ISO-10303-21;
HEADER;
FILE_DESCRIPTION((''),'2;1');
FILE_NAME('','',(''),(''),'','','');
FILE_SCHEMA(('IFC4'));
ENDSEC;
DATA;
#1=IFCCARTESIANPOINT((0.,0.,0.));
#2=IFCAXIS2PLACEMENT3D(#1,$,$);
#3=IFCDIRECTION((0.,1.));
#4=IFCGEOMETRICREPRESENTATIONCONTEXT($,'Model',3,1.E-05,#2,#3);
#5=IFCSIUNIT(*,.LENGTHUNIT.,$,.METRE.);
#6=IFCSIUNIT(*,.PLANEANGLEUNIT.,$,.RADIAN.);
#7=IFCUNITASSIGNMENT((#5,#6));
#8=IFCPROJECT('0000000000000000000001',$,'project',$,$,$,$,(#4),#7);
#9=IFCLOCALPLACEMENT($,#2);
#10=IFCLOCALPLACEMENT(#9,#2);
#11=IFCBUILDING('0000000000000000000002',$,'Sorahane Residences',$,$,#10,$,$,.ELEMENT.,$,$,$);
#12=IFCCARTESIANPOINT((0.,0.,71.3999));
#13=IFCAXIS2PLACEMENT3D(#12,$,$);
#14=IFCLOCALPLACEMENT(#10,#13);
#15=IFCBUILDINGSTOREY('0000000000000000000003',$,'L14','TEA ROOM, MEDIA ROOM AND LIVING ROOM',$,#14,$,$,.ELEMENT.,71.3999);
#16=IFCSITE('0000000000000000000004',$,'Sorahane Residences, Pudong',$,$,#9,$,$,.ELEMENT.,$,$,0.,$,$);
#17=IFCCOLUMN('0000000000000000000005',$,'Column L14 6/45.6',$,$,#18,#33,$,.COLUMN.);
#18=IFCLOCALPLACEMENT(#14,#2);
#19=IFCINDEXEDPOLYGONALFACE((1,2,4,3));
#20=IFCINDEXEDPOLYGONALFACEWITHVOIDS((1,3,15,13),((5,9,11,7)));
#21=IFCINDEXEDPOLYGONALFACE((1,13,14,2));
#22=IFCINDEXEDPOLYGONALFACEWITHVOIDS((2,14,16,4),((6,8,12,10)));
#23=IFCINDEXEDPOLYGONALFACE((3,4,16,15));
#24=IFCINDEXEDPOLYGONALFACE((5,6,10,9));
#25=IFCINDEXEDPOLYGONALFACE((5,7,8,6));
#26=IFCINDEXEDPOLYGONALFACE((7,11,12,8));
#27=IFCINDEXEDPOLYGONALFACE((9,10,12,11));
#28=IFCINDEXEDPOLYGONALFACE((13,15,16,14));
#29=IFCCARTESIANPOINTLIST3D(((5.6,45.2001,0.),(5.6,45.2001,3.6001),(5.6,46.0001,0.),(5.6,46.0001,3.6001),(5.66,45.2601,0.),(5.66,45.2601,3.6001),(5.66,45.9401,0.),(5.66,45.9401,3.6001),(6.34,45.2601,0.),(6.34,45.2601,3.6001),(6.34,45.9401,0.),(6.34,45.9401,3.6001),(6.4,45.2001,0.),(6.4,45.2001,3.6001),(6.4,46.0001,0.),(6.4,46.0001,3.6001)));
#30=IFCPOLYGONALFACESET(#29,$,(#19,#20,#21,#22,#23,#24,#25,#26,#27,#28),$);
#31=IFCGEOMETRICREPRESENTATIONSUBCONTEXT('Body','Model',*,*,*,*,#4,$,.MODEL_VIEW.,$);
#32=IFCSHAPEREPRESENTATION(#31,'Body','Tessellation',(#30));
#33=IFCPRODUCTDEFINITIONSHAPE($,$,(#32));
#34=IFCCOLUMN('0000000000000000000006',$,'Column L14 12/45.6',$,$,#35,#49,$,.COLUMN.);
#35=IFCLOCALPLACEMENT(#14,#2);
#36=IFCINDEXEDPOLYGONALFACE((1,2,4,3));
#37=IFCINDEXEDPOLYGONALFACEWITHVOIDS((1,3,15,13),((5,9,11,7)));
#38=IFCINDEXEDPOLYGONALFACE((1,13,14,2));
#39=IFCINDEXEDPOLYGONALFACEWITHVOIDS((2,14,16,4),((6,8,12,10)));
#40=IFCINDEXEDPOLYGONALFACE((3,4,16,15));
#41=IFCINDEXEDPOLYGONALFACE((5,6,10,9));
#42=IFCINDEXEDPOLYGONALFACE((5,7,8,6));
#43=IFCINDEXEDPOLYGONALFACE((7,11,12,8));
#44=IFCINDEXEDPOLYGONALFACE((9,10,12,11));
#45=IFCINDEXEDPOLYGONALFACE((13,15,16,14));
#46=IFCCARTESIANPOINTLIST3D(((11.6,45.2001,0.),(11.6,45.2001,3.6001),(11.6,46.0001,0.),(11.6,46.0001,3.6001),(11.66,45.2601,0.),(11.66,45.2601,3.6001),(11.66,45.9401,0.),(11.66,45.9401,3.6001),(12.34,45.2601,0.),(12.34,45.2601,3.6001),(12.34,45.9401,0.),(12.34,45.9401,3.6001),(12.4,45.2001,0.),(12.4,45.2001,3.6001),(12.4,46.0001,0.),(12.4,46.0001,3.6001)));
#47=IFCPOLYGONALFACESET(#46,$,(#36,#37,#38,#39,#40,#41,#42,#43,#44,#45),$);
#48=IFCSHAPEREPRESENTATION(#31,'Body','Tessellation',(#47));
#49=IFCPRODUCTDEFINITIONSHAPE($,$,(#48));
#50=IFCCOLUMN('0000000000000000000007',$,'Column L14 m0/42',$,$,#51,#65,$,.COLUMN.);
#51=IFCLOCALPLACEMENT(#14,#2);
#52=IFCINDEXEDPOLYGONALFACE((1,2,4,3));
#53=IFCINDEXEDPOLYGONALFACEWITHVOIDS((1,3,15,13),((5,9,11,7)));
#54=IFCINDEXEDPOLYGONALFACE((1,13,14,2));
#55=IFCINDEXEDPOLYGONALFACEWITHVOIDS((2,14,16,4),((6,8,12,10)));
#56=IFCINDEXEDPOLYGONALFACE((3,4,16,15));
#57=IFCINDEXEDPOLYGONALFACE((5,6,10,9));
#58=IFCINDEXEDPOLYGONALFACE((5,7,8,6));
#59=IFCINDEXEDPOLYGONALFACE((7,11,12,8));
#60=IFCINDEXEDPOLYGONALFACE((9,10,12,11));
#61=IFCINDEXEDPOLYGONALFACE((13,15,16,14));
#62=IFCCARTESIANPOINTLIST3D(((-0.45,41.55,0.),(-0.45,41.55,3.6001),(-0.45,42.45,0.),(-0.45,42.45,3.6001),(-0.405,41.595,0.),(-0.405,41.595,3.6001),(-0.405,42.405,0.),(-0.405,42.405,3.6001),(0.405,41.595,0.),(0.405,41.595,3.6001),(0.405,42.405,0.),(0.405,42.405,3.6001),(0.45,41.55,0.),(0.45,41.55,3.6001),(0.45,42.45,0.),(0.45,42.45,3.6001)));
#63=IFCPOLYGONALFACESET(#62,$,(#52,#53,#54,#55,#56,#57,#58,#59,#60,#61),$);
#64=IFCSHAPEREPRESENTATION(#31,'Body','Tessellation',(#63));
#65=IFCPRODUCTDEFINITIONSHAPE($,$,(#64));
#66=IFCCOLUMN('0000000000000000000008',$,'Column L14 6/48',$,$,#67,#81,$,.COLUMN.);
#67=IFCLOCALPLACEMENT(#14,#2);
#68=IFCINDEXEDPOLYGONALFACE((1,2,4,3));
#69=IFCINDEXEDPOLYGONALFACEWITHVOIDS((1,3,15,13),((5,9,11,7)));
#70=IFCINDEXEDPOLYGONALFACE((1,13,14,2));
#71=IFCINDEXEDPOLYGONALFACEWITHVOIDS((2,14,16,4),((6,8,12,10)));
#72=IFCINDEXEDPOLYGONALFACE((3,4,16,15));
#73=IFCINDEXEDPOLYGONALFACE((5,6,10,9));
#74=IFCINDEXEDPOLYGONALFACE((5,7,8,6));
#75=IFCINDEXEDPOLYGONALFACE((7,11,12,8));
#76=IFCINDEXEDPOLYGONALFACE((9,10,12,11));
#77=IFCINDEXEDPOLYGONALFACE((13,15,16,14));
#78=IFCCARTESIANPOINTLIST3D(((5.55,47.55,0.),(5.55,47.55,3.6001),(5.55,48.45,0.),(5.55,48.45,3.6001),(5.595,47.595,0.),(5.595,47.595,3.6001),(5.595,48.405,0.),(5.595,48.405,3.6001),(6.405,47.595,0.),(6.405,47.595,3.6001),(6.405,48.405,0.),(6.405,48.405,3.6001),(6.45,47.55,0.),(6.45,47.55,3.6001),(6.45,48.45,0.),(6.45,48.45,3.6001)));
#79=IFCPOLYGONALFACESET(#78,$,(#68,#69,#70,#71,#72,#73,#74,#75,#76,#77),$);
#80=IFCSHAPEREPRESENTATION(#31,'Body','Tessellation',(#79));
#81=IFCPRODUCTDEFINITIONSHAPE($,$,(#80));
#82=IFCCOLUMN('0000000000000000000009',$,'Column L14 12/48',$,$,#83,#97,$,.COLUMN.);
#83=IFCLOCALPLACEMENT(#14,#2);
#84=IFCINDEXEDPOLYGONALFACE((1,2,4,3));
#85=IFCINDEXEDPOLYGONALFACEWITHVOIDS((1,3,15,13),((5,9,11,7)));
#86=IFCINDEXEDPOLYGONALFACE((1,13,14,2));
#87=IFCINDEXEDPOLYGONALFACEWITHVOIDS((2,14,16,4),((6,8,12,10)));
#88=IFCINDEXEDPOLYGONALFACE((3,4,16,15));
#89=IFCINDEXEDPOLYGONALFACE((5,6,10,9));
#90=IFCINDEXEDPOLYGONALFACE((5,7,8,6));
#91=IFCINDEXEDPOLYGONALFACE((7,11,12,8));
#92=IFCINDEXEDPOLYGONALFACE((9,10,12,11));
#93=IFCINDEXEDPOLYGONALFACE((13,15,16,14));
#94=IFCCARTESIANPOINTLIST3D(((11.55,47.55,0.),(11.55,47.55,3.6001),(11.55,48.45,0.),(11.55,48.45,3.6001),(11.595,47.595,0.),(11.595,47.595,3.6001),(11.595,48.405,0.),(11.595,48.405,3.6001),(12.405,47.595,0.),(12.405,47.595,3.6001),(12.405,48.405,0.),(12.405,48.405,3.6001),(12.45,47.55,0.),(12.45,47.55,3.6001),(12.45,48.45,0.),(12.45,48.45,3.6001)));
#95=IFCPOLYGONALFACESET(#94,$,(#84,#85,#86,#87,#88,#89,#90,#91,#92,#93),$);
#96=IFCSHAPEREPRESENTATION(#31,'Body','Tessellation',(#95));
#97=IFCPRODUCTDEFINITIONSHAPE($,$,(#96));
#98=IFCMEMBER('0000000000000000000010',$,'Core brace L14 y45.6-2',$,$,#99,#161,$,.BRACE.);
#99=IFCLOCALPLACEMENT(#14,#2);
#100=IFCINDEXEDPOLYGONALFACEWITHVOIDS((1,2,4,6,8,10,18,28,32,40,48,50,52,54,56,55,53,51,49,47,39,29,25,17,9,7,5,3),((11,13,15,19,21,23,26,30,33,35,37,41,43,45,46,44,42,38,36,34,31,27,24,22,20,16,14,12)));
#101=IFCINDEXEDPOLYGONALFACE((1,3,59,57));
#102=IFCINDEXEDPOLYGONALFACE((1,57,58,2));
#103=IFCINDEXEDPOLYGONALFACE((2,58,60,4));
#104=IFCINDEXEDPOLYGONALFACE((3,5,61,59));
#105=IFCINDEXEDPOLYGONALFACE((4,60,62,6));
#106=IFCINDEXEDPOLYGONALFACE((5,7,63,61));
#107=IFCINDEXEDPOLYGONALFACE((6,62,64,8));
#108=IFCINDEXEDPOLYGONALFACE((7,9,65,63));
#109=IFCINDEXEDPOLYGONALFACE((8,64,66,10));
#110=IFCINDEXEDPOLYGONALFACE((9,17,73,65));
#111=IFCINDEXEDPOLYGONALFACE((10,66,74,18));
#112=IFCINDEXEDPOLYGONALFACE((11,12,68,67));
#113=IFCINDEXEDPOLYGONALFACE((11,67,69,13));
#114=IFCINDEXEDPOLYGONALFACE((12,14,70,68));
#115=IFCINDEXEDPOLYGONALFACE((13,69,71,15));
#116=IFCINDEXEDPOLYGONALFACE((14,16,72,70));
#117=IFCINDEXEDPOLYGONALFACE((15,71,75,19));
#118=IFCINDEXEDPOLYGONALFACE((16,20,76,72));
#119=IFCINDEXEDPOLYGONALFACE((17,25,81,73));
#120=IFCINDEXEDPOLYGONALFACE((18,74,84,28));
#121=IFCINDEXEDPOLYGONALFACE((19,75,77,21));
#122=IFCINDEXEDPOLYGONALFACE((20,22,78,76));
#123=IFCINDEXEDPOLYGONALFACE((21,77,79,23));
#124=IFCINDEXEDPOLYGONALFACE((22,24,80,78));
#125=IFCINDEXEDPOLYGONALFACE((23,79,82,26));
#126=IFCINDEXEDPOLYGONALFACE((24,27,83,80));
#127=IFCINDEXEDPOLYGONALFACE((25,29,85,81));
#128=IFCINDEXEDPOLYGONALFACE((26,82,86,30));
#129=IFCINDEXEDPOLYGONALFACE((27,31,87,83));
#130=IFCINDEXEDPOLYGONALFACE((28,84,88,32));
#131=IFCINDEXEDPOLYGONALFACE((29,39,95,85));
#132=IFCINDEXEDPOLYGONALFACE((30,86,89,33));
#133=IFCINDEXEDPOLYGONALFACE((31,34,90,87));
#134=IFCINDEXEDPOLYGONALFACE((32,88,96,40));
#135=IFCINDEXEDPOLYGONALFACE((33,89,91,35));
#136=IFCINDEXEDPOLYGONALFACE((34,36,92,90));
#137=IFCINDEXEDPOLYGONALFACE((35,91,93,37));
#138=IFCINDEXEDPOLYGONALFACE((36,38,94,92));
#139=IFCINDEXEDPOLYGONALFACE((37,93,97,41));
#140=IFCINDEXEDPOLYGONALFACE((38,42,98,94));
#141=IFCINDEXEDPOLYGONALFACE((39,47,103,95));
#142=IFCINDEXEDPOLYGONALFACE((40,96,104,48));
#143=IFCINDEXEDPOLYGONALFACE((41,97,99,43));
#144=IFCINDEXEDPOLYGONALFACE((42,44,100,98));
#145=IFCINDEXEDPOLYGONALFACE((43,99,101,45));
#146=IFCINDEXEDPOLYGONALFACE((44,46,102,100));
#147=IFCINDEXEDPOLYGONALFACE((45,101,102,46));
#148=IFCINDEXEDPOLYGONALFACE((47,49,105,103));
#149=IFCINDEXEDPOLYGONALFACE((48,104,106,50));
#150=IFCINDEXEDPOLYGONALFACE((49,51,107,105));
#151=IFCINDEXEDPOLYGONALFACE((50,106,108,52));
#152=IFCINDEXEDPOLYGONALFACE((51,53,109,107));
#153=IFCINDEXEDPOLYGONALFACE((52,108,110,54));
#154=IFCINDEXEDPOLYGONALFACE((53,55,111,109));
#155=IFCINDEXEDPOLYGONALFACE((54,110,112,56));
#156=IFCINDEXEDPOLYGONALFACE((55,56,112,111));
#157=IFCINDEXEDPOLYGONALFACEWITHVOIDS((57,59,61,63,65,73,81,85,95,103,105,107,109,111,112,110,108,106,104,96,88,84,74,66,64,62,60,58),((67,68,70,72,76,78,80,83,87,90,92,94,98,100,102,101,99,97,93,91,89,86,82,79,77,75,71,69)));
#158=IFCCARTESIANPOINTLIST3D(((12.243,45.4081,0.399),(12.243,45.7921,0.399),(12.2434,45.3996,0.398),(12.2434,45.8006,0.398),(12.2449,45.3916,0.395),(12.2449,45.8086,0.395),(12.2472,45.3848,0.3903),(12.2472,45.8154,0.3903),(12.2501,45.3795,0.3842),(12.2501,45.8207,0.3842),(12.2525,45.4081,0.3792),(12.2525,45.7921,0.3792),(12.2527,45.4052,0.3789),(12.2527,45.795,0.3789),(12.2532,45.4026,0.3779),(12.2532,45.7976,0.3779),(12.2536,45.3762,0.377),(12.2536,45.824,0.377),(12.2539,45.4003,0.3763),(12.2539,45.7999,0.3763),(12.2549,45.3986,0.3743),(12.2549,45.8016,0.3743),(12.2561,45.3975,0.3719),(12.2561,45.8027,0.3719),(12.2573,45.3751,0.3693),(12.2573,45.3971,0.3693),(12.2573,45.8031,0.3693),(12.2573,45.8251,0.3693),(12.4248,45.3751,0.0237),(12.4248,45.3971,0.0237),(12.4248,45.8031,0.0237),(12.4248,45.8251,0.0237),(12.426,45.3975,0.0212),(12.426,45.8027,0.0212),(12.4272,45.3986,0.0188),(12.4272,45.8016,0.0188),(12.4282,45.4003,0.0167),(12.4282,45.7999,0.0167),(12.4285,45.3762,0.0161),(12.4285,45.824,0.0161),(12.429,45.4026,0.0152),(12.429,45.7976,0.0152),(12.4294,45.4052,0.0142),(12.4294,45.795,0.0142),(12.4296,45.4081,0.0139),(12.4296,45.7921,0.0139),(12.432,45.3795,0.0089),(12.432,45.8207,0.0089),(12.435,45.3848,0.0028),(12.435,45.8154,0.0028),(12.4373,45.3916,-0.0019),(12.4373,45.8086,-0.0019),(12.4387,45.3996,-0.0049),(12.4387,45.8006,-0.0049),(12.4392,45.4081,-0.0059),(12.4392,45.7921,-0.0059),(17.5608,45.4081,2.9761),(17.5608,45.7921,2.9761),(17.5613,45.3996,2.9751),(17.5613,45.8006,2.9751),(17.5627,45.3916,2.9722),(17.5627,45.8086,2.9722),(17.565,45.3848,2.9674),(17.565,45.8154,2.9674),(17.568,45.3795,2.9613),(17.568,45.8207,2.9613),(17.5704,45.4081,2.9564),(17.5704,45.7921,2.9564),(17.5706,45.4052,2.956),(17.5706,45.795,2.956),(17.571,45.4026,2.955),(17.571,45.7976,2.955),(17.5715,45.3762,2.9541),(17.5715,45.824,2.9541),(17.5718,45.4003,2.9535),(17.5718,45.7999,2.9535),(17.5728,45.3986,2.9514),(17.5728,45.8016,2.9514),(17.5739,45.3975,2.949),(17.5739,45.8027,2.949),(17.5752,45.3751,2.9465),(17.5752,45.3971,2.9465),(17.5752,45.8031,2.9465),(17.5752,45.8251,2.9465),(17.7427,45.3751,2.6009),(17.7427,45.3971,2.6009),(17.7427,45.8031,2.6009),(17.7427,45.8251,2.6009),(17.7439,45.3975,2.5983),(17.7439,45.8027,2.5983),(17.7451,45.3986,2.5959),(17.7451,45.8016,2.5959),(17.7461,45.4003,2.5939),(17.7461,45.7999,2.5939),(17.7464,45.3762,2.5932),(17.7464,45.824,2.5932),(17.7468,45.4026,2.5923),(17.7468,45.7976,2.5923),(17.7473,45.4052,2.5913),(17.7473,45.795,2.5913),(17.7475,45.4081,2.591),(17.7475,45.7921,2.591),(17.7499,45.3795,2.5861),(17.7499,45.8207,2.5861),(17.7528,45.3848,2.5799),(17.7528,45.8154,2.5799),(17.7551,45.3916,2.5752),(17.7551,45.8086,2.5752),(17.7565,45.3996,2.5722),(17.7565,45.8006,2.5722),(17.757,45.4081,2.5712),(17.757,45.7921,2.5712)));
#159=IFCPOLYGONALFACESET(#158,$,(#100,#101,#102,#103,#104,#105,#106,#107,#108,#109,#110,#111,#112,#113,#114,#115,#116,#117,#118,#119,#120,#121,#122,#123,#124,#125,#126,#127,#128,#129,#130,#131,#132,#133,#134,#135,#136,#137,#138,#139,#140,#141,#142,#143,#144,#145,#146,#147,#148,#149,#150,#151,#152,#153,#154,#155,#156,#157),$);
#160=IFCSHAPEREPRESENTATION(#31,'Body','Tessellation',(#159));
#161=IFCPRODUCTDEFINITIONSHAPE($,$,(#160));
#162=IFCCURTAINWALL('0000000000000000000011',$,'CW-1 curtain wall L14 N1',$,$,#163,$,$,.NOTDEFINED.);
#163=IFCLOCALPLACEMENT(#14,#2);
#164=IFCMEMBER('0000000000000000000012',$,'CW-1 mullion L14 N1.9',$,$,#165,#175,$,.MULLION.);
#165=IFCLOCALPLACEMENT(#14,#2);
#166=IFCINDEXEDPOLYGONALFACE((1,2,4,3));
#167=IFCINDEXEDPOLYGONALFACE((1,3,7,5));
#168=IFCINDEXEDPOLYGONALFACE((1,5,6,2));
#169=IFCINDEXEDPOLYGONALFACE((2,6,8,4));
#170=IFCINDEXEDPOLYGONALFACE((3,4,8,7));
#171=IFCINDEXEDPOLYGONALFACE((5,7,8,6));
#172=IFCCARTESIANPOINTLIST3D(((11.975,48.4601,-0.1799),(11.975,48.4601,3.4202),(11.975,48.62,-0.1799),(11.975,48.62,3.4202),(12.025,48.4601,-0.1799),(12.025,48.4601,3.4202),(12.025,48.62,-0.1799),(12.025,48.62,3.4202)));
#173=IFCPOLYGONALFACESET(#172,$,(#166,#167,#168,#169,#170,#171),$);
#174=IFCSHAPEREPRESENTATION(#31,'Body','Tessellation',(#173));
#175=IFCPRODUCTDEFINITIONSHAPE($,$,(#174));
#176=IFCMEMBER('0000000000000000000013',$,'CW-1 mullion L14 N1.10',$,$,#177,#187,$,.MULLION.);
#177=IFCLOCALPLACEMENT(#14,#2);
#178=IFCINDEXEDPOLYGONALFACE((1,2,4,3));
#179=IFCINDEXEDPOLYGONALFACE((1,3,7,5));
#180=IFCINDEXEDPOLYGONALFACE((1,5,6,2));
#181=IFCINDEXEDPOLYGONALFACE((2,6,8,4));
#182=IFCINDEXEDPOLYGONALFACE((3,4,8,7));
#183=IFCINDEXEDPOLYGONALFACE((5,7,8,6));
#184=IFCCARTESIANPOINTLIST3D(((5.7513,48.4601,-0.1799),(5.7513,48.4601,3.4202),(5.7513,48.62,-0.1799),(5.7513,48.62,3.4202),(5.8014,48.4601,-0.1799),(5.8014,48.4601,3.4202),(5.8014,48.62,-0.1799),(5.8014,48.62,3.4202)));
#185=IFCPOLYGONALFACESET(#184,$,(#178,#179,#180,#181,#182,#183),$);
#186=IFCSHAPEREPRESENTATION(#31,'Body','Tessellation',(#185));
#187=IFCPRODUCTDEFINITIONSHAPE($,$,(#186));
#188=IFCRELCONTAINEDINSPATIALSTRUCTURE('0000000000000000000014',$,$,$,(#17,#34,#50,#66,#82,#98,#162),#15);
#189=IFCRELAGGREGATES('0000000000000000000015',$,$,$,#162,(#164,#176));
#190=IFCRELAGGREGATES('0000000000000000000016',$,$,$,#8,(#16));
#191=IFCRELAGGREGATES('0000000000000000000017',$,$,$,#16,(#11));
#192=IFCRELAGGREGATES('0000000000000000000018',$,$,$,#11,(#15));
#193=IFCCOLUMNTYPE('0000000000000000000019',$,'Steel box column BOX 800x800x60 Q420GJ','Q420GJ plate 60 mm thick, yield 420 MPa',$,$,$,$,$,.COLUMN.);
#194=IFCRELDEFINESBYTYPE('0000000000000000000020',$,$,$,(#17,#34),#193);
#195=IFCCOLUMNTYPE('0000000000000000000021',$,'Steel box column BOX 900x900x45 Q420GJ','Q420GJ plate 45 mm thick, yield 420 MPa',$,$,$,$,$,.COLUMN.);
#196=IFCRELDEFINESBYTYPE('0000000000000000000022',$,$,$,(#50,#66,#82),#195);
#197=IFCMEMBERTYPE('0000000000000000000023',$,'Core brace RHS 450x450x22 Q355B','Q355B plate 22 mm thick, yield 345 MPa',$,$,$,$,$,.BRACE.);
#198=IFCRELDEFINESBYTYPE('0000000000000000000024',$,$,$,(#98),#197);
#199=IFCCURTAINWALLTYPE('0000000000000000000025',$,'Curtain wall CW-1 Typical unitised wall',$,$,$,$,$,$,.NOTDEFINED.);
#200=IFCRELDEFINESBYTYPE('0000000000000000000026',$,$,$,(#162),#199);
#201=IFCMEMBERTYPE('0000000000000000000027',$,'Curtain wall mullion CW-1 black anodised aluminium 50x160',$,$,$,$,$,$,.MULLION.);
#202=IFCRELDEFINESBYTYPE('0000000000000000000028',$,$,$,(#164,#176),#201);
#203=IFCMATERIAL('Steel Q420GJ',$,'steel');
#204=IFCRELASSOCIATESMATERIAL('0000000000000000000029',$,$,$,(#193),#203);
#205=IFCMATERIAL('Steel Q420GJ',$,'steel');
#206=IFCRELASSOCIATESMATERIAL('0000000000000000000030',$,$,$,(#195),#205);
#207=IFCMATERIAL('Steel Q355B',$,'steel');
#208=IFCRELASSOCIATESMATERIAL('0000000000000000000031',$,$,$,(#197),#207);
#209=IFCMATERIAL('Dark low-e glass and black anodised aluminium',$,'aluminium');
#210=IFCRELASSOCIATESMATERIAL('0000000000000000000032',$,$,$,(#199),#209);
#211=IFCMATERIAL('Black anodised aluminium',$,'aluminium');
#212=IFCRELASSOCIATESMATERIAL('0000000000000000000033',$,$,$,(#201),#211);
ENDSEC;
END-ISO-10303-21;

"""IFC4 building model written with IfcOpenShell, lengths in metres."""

from ifc_helpers import new_model, si_unit, direction, frame, origin, origin_2d, place, context, subcontext, project, spatial, rectangle, hollow_rectangle, extrude, material, material_profile, profile_set, type_object, element, aggregate, save


model = new_model("IFC4")

# Units and contexts
model_context = context("Model", 3, precision=1e-05, world=origin(), true_north=direction((0.0, 1.0)))
body_context = subcontext(model_context, "Body", "Model", "MODEL_VIEW")
ifc_project = project(units=[si_unit("LENGTHUNIT", "METRE"), si_unit("PLANEANGLEUNIT", "RADIAN")], contexts=[model_context])

# Site, building, storey
site_placement = place(None, origin())
site = spatial("IfcSite", under=ifc_project, at=site_placement, Name="Sorahane Residences, Pudong", CompositionType="ELEMENT", RefElevation=0.0)
building_placement = place(site_placement, origin())
building = spatial("IfcBuilding", under=site, at=building_placement, Name="Sorahane Residences", CompositionType="ELEMENT")
storey_placement = place(building_placement, frame((0.0, 0.0, 71.3999)))
storey = spatial("IfcBuildingStorey", under=building, at=storey_placement, Name="L14", Description="TEA ROOM, MEDIA ROOM AND LIVING ROOM", CompositionType="ELEMENT", Elevation=71.3999)

# Columns
ifc_material_1 = material(Name="Steel Q420GJ", Category="steel")
ifc_material_profile_1 = material_profile(ifc_material_1, hollow_rectangle(XDim=0.8, YDim=0.8, WallThickness=0.0601, at=origin_2d()), Name="BOX 800x800x60")
ifc_profile_set_1 = profile_set([ifc_material_profile_1], Name="Steel Q420GJ")
column_type_1 = type_object("IfcColumnType", Name="Steel box column BOX 800x800x60 Q420GJ", Description="Q420GJ plate 60 mm thick, yield 420 MPa", PredefinedType="COLUMN", material=ifc_profile_set_1)
for number, where, z_axis, x_axis, name in (
    (1, (6.0, 45.6001, 0.0), (0.0, 0.0, 1.0), (1.0, 0.0, 0.0), "Column L14 6/45.6"),
    (2, (12.0, 45.6001, 0.0), (0.0, 0.0, 1.0), (1.0, 0.0, 0.0), "Column L14 12/45.6"),
):
    element("IfcColumn", number, at=place(storey_placement, frame(where, z_axis=z_axis, x_axis=x_axis)), inside=storey, type_object=column_type_1, Name=name, PredefinedType="COLUMN", context=body_context, shape_type="SweptSolid", body=[
        extrude(hollow_rectangle(XDim=0.8, YDim=0.8, WallThickness=0.0601, at=origin_2d()), origin(), (0.0, 0.0, 1.0), 3.6001),
    ])
ifc_material_2 = material(Name="Steel Q420GJ", Category="steel")
ifc_material_profile_2 = material_profile(ifc_material_2, hollow_rectangle(XDim=0.8999, YDim=0.8999, WallThickness=0.0449, at=origin_2d()), Name="BOX 900x900x45")
ifc_profile_set_2 = profile_set([ifc_material_profile_2], Name="Steel Q420GJ")
column_type_2 = type_object("IfcColumnType", Name="Steel box column BOX 900x900x45 Q420GJ", Description="Q420GJ plate 45 mm thick, yield 420 MPa", PredefinedType="COLUMN", material=ifc_profile_set_2)
for number, where, z_axis, x_axis, name in (
    (3, (0.0, 42.0, 0.0), (0.0, 0.0, 1.0), (1.0, 0.0, 0.0), "Column L14 m0/42"),
    (4, (6.0, 48.0, 0.0), (0.0, 0.0, 1.0), (1.0, 0.0, 0.0), "Column L14 6/48"),
    (5, (12.0, 48.0, 0.0), (0.0, 0.0, 1.0), (1.0, 0.0, 0.0), "Column L14 12/48"),
):
    element("IfcColumn", number, at=place(storey_placement, frame(where, z_axis=z_axis, x_axis=x_axis)), inside=storey, type_object=column_type_2, Name=name, PredefinedType="COLUMN", context=body_context, shape_type="SweptSolid", body=[
        extrude(hollow_rectangle(XDim=0.8999, YDim=0.8999, WallThickness=0.0449, at=origin_2d()), origin(), (0.0, 0.0, 1.0), 3.6001),
    ])

# Member
ifc_material_3 = material(Name="Steel Q355B", Category="steel")
ifc_material_profile_3 = material_profile(ifc_material_3, hollow_rectangle(XDim=0.45, YDim=0.45, WallThickness=0.022, InnerFilletRadius=0.011, OuterFilletRadius=0.033, at=origin_2d()), Name="RHS 450x450x22")
ifc_profile_set_3 = profile_set([ifc_material_profile_3], Name="Steel Q355B")
member_type_1 = type_object("IfcMemberType", Name="Core brace RHS 450x450x22 Q355B", Description="Q355B plate 22 mm thick, yield 345 MPa", PredefinedType="BRACE", material=ifc_profile_set_3)
member_1_placement = place(storey_placement, frame((12.3411, 45.6001, 0.1965), z_axis=(0.899895, 0.0, 0.436107), x_axis=(0.0, 1.0, 0.0)))
element("IfcMember", 6, at=member_1_placement, inside=storey, type_object=member_type_1, Name="Core brace L14 y45.6-2", PredefinedType="BRACE", context=body_context, shape_type="SweptSolid", body=[
    extrude(hollow_rectangle(XDim=0.45, YDim=0.45, WallThickness=0.022, InnerFilletRadius=0.011, OuterFilletRadius=0.033, at=origin_2d()), origin(), (0.0, 0.0, 1.0), 5.9094),
])

# Curtain wall, members
ifc_material_4 = material(Name="Dark low-e glass and black anodised aluminium", Category="aluminium")
curtain_wall_type_1 = type_object("IfcCurtainWallType", Name="Curtain wall CW-1 Typical unitised wall", PredefinedType="NOTDEFINED", material=ifc_material_4)
curtain_wall_1_placement = place(storey_placement, origin())
curtain_wall_1 = element("IfcCurtainWall", 7, at=curtain_wall_1_placement, inside=storey, type_object=curtain_wall_type_1, Name="CW-1 curtain wall L14 N1", PredefinedType="NOTDEFINED")
ifc_material_5 = material(Name="Black anodised aluminium", Category="aluminium")
ifc_material_profile_4 = material_profile(ifc_material_5, rectangle(XDim=0.1599, YDim=0.05, at=origin_2d()), Name="Curtain wall mullion CW-1 black anodised aluminium 50x160")
ifc_profile_set_4 = profile_set([ifc_material_profile_4], Name="Black anodised aluminium")
member_type_2 = type_object("IfcMemberType", Name="Curtain wall mullion CW-1 black anodised aluminium 50x160", PredefinedType="MULLION", material=ifc_profile_set_4)
member_2_placement = place(storey_placement, frame((12.0, 48.54, -0.1799), z_axis=(0.0, 0.0, 1.0), x_axis=(0.0, 1.0, 0.0)))
member_2 = element("IfcMember", 8, at=member_2_placement, type_object=member_type_2, Name="CW-1 mullion L14 N1.9", PredefinedType="MULLION", context=body_context, shape_type="SweptSolid", body=[
    extrude(rectangle(XDim=0.1599, YDim=0.05, at=origin_2d()), origin(), (0.0, 0.0, 1.0), 3.6001),
])
member_3_placement = place(storey_placement, frame((5.7764, 48.54, -0.1799), z_axis=(0.0, 0.0, 1.0), x_axis=(0.0, 1.0, 0.0)))
member_3 = element("IfcMember", 9, at=member_3_placement, type_object=member_type_2, Name="CW-1 mullion L14 N1.10", PredefinedType="MULLION", context=body_context, shape_type="SweptSolid", body=[
    extrude(rectangle(XDim=0.1599, YDim=0.05, at=origin_2d()), origin(), (0.0, 0.0, 1.0), 3.6001),
])

aggregate(curtain_wall_1, [member_2, member_3])

save(model, "model.ifc")
